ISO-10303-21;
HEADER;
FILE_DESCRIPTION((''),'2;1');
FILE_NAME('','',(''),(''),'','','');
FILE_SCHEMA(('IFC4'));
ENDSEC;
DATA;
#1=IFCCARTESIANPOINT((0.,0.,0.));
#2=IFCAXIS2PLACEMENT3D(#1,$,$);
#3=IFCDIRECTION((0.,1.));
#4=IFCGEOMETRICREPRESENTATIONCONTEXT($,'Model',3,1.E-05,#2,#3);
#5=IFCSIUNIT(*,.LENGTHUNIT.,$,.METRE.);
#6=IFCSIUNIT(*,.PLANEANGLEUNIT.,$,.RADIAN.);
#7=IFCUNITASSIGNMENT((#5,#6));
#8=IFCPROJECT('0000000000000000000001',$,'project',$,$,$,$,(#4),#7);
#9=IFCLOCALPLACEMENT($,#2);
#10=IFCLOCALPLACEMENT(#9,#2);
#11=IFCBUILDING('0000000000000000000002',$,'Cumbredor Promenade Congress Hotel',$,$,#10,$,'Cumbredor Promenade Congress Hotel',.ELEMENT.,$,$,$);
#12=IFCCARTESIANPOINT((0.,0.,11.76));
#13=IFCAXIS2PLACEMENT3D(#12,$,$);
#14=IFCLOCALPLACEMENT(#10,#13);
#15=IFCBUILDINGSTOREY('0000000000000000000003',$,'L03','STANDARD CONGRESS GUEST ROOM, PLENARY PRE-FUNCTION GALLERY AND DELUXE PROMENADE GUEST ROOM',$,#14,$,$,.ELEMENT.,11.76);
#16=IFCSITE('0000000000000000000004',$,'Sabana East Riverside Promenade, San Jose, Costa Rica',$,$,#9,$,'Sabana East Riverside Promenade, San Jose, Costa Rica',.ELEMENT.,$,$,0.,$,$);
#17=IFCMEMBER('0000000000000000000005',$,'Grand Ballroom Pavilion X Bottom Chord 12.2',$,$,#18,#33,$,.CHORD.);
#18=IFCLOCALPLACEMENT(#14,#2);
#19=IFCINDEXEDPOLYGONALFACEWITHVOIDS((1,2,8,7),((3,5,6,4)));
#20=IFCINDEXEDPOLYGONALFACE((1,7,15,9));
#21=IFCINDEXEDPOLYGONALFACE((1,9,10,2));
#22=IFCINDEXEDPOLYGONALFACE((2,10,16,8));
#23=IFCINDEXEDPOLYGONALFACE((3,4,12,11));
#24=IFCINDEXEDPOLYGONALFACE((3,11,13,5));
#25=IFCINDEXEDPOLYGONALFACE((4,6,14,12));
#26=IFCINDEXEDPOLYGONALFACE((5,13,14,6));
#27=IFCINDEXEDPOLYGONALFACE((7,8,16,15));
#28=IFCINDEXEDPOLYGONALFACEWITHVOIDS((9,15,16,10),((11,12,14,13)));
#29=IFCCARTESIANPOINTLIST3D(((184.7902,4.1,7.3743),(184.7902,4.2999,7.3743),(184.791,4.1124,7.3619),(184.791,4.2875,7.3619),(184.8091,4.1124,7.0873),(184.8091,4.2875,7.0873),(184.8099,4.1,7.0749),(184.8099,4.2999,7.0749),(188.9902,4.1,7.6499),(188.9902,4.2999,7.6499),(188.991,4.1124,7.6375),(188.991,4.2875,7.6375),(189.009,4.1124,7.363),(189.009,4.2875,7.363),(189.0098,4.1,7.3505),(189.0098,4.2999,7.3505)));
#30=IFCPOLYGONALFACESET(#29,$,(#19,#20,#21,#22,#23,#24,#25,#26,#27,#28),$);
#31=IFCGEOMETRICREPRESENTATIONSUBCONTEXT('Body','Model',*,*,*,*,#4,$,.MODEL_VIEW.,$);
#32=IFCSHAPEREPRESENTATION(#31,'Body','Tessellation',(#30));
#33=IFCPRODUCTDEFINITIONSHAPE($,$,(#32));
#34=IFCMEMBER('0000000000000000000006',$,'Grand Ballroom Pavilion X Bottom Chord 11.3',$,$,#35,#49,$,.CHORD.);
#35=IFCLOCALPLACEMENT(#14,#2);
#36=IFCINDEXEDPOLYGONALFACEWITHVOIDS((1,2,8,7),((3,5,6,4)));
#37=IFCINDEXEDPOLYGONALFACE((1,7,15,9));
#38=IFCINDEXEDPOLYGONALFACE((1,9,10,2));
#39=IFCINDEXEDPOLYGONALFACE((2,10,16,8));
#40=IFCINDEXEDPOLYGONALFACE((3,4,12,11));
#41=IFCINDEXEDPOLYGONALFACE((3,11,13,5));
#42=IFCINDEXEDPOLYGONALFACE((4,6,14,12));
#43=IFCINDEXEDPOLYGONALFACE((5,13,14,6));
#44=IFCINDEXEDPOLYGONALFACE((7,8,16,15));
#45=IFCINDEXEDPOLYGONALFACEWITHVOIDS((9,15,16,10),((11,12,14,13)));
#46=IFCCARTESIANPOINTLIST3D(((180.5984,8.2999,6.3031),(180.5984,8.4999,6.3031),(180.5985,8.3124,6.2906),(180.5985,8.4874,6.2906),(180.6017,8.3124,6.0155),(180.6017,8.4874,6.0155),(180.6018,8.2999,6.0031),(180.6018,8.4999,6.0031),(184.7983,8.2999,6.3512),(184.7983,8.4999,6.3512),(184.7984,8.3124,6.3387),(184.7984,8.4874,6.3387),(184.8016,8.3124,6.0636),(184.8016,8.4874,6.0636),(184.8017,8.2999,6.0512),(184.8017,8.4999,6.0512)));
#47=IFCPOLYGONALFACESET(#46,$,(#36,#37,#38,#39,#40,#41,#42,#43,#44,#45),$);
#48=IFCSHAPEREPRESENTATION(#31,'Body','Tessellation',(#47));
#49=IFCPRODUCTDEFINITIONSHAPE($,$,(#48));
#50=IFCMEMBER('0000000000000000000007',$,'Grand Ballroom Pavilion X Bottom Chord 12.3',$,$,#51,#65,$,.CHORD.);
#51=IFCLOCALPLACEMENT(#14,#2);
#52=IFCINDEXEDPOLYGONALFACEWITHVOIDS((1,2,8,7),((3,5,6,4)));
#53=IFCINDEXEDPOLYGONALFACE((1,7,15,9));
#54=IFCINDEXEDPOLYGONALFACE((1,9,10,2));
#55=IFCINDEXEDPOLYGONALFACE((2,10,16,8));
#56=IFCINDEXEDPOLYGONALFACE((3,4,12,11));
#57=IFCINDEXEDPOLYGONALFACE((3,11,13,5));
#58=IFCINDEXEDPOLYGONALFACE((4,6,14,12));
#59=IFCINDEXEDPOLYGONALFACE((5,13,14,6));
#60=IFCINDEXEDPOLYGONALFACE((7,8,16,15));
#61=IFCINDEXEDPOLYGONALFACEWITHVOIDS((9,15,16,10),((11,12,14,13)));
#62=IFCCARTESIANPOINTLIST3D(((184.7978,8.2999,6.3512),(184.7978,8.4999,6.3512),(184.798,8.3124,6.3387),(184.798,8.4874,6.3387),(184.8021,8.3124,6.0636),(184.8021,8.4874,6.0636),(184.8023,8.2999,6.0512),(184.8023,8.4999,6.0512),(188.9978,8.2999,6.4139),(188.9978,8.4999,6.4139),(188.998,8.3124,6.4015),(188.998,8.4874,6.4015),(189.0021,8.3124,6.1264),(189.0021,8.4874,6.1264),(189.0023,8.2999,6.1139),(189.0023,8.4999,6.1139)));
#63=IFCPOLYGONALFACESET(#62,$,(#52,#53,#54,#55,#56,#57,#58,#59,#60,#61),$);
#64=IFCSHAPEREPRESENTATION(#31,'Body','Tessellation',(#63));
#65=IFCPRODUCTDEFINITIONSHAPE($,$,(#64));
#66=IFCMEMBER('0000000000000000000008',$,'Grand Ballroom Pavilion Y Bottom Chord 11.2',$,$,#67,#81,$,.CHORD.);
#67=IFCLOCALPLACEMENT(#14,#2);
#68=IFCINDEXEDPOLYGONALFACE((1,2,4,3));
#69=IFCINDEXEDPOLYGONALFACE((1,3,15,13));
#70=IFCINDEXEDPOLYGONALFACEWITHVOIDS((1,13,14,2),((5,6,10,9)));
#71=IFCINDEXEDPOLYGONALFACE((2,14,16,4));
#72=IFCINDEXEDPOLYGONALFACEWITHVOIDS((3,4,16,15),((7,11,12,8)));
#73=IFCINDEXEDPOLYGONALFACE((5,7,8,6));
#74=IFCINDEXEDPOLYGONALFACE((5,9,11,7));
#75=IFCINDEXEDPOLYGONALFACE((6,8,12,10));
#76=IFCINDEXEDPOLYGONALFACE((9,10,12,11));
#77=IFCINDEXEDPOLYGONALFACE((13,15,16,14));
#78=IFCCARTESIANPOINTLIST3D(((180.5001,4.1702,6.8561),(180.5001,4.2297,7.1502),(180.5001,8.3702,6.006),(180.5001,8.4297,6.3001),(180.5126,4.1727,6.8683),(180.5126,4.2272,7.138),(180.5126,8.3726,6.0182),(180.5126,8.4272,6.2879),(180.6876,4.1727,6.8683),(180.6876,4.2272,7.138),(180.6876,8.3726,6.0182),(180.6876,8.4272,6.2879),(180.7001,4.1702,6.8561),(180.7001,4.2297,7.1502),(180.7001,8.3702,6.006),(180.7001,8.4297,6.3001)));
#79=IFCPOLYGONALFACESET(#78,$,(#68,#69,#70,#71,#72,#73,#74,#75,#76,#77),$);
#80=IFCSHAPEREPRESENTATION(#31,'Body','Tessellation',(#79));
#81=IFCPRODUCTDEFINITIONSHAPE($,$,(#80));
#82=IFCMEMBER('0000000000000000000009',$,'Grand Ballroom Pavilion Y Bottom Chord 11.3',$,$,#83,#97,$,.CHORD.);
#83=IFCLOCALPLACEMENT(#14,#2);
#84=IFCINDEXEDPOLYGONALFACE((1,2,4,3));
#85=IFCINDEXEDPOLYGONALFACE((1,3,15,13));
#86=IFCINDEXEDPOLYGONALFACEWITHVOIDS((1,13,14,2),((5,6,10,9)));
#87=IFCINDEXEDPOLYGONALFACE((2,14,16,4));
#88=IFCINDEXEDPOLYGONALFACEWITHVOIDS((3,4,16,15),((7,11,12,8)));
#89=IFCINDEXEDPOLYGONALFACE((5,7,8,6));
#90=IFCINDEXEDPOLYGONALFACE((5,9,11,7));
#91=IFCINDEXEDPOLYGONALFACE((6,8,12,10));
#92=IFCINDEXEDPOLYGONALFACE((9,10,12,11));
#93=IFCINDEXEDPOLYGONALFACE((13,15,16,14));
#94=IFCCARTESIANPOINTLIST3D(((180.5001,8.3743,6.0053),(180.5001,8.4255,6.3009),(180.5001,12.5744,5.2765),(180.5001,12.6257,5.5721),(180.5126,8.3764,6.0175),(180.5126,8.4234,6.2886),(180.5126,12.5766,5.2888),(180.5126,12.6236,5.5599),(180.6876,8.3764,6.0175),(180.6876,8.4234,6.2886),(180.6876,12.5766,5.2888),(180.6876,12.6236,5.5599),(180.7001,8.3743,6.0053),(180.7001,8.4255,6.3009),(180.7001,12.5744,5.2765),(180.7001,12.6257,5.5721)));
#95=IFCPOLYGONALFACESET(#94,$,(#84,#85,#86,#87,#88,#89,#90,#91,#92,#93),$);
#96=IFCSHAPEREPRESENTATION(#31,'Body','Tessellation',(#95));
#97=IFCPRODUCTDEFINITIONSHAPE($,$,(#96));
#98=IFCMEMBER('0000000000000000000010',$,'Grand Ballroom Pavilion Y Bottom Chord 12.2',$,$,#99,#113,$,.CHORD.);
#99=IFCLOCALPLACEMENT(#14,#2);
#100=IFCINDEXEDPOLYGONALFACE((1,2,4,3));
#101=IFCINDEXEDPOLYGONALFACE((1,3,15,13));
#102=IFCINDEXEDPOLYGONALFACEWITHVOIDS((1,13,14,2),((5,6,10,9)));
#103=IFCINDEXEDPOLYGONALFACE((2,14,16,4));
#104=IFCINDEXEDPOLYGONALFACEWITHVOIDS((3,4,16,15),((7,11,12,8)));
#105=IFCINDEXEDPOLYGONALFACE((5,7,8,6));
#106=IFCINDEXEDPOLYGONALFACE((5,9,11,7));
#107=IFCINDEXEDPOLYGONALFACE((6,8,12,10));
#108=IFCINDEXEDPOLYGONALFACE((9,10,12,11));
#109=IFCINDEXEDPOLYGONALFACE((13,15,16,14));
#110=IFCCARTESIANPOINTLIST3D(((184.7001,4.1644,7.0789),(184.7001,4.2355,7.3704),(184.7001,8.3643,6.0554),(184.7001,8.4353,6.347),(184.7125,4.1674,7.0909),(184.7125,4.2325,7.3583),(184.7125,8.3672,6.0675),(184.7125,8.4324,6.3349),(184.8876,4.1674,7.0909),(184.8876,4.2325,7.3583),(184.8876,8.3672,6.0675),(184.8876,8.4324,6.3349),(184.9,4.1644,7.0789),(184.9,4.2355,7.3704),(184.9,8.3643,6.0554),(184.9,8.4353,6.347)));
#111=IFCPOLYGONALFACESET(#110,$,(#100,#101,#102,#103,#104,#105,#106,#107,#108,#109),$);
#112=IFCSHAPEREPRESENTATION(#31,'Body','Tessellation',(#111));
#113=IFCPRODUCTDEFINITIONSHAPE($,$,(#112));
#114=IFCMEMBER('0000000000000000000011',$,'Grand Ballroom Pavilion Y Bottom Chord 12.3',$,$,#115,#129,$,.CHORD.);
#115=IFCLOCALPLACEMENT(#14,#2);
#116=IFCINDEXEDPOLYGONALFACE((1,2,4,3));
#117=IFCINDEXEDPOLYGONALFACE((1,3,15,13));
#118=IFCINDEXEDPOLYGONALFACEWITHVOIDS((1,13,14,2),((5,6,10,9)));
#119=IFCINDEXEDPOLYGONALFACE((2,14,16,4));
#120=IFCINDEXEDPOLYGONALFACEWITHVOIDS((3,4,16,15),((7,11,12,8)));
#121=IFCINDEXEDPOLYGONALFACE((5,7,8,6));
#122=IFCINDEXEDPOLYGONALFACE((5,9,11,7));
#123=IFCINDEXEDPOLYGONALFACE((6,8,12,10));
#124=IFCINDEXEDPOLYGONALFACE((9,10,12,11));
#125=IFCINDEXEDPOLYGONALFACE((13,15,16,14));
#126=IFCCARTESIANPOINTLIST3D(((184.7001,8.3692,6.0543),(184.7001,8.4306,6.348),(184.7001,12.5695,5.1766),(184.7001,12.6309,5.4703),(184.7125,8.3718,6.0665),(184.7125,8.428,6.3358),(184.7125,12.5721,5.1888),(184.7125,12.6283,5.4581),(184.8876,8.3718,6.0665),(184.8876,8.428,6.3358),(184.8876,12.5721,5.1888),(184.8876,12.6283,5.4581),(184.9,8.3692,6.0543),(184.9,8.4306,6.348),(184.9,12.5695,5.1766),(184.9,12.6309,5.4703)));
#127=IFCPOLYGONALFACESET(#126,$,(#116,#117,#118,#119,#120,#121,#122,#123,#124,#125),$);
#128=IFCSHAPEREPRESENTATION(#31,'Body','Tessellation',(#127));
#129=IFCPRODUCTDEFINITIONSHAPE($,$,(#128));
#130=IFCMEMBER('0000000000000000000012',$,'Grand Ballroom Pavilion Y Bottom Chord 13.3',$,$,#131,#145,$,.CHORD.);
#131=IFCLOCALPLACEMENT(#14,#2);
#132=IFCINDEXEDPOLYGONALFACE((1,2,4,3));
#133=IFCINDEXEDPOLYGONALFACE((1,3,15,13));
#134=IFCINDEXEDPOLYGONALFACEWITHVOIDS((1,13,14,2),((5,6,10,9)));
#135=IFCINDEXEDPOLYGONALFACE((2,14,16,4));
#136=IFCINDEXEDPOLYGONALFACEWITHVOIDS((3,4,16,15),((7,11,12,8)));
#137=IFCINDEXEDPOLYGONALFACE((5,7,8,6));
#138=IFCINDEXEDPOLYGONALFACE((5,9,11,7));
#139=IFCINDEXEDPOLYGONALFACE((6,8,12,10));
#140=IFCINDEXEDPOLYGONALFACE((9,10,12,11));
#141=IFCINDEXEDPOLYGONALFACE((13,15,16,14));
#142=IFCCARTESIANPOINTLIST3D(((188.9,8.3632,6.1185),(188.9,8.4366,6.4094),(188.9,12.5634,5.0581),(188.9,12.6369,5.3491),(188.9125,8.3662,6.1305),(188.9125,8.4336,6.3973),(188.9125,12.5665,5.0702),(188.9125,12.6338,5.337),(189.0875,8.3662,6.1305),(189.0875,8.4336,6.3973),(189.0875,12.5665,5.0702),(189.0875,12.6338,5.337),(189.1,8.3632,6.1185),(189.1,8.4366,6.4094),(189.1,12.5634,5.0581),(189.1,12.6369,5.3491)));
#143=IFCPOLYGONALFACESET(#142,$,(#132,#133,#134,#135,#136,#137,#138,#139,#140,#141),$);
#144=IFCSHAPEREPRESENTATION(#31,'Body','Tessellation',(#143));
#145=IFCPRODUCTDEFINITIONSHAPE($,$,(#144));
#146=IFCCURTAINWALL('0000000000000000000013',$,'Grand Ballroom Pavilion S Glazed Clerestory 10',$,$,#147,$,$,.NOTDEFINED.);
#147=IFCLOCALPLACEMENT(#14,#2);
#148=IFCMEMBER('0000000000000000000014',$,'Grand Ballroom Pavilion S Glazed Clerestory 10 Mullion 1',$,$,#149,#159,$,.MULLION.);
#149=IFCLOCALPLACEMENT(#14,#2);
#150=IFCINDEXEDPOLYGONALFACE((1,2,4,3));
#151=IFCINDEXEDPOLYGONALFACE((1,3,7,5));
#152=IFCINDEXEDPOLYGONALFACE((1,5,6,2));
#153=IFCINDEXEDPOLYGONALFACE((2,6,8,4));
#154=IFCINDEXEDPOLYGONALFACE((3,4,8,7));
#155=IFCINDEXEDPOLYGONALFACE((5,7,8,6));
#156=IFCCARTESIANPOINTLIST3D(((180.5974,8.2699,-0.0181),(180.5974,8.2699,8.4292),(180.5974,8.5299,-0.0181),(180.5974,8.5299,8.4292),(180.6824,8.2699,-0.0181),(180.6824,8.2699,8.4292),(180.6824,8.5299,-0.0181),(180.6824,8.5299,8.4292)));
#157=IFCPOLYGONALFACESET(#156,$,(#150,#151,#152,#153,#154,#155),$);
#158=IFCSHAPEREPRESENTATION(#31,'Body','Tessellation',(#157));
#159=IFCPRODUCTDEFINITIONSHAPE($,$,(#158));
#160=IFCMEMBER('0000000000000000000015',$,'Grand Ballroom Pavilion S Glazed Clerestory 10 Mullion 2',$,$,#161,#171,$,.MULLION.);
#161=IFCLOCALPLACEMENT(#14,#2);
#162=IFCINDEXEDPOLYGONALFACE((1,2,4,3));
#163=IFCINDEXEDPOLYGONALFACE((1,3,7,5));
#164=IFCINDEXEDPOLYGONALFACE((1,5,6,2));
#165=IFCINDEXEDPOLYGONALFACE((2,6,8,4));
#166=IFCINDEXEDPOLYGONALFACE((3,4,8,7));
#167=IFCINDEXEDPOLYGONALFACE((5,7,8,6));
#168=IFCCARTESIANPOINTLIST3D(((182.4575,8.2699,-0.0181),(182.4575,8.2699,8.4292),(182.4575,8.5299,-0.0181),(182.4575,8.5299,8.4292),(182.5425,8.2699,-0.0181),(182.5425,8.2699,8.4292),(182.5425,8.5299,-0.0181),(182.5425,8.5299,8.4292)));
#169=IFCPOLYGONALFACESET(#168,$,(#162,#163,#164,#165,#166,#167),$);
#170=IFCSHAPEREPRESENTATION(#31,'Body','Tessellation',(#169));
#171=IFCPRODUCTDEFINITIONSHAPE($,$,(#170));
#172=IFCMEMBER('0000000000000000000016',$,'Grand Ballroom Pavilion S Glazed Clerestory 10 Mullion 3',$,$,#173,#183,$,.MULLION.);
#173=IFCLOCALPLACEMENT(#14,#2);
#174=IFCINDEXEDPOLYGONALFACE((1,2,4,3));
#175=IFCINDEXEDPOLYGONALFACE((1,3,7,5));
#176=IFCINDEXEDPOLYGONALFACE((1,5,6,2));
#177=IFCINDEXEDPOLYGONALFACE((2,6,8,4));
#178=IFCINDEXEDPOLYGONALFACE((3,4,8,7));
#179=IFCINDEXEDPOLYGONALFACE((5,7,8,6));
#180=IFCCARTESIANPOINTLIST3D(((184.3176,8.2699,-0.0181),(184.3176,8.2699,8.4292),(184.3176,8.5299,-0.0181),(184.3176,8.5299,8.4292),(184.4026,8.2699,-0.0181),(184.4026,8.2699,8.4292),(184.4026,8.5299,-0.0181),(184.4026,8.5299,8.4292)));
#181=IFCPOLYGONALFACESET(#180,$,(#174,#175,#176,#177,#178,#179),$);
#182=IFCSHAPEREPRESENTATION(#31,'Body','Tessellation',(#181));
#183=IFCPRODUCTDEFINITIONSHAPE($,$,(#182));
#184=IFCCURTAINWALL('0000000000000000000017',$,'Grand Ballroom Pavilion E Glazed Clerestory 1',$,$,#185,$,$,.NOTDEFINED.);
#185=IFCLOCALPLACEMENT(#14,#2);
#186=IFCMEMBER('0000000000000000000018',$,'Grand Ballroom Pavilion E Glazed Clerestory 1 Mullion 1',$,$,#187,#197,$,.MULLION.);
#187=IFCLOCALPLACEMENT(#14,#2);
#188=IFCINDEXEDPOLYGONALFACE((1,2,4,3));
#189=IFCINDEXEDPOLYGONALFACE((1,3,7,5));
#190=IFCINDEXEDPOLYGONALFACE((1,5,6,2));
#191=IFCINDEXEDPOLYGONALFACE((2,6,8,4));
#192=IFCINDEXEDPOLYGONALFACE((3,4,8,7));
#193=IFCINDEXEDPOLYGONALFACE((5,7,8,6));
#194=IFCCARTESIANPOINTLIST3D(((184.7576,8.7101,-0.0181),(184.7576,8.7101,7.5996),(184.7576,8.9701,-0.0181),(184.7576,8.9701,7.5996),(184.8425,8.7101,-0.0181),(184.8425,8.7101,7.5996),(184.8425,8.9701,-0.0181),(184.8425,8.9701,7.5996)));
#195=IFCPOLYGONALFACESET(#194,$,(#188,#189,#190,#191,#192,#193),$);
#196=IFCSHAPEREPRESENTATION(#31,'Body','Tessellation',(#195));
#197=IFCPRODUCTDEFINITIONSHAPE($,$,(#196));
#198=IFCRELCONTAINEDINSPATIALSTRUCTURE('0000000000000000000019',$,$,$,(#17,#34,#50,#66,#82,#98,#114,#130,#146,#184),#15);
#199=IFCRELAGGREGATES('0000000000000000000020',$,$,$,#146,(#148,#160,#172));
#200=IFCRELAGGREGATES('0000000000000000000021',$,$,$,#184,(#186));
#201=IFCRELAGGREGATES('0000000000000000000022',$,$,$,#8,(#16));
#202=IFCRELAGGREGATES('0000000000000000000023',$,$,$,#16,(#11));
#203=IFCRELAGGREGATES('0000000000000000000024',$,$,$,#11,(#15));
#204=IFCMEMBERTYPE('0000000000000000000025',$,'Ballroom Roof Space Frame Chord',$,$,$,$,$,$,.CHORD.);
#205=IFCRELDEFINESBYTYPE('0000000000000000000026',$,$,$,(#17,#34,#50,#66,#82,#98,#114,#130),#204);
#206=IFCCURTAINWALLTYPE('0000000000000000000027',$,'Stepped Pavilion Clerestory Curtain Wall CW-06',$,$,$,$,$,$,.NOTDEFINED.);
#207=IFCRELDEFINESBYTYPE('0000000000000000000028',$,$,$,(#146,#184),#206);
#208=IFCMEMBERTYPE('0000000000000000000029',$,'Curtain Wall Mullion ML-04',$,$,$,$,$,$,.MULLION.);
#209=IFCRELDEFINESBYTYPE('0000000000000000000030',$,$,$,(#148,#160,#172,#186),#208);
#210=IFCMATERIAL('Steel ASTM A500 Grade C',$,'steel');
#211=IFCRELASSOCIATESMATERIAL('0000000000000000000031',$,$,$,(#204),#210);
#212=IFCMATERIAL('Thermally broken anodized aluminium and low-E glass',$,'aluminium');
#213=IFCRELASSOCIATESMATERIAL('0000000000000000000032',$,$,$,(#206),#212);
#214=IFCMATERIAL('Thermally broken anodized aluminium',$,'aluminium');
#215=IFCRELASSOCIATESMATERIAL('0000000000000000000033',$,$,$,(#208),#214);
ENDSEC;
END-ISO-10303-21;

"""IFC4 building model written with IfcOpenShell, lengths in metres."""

from ifc_helpers import new_model, si_unit, direction, frame, origin, origin_2d, place, context, subcontext, project, spatial, rectangle, hollow_rectangle, extrude, material, material_profile, profile_set, type_object, element, aggregate, save


model = new_model("IFC4")

# Units and contexts
model_context = context("Model", 3, precision=1e-05, world=origin(), true_north=direction((0.0, 1.0)))
body_context = subcontext(model_context, "Body", "Model", "MODEL_VIEW")
ifc_project = project(units=[si_unit("LENGTHUNIT", "METRE"), si_unit("PLANEANGLEUNIT", "RADIAN")], contexts=[model_context])

# Site, building, storey
site_placement = place(None, origin())
site = spatial("IfcSite", under=ifc_project, at=site_placement, Name="Sabana East Riverside Promenade, San Jose, Costa Rica", LongName="Sabana East Riverside Promenade, San Jose, Costa Rica", CompositionType="ELEMENT", RefElevation=0.0)
building_placement = place(site_placement, origin())
building = spatial("IfcBuilding", under=site, at=building_placement, Name="Cumbredor Promenade Congress Hotel", LongName="Cumbredor Promenade Congress Hotel", CompositionType="ELEMENT")
storey_placement = place(building_placement, frame((0.0, 0.0, 11.76)))
storey = spatial("IfcBuildingStorey", under=building, at=storey_placement, Name="L03", Description="STANDARD CONGRESS GUEST ROOM, PLENARY PRE-FUNCTION GALLERY AND DELUXE PROMENADE GUEST ROOM", CompositionType="ELEMENT", Elevation=11.76)

# Members
ifc_material_1 = material(Name="Steel ASTM A500 Grade C", Category="steel")
ifc_material_profile_1 = material_profile(ifc_material_1, hollow_rectangle(XDim=0.2, YDim=0.3, WallThickness=0.0125, at=origin_2d()), Name="HSS 300x200x12.5")
ifc_profile_set_1 = profile_set([ifc_material_profile_1], Name="Steel ASTM A500 Grade C")
member_type_1 = type_object("IfcMemberType", Name="Ballroom Roof Space Frame Chord", PredefinedType="CHORD", material=ifc_profile_set_1)
member_1_placement = place(storey_placement, frame((184.8, 4.2, 7.2246), z_axis=(0.997853, 0.0, 0.065487), x_axis=(0.0, 1.0, 0.0)))
element("IfcMember", 1, at=member_1_placement, inside=storey, type_object=member_type_1, Name="Grand Ballroom Pavilion X Bottom Chord 12.2", PredefinedType="CHORD", context=body_context, shape_type="SweptSolid", body=[
    extrude(hollow_rectangle(XDim=0.2, YDim=0.3, WallThickness=0.0125, at=origin_2d()), origin(), (0.0, 0.0, 1.0), 4.209),
])
member_2_placement = place(storey_placement, frame((180.6001, 8.3999, 6.1531), z_axis=(0.999934, 0.0, 0.011451), x_axis=(0.0, 1.0, 0.0)))
element("IfcMember", 2, at=member_2_placement, inside=storey, type_object=member_type_1, Name="Grand Ballroom Pavilion X Bottom Chord 11.3", PredefinedType="CHORD", context=body_context, shape_type="SweptSolid", body=[
    extrude(hollow_rectangle(XDim=0.2, YDim=0.3, WallThickness=0.0125, at=origin_2d()), origin(), (0.0, 0.0, 1.0), 4.2002),
])
member_3_placement = place(storey_placement, frame((184.8, 8.3999, 6.2012), z_axis=(0.999888, 0.0, 0.014938), x_axis=(0.0, 1.0, 0.0)))
element("IfcMember", 3, at=member_3_placement, inside=storey, type_object=member_type_1, Name="Grand Ballroom Pavilion X Bottom Chord 12.3", PredefinedType="CHORD", context=body_context, shape_type="SweptSolid", body=[
    extrude(hollow_rectangle(XDim=0.2, YDim=0.3, WallThickness=0.0125, at=origin_2d()), origin(), (0.0, 0.0, 1.0), 4.2004),
])
member_4_placement = place(storey_placement, frame((180.6001, 4.2, 7.0032), z_axis=(0.0, 0.980124, -0.198384), x_axis=(-1.0, 0.0, 0.0)))
element("IfcMember", 4, at=member_4_placement, inside=storey, type_object=member_type_1, Name="Grand Ballroom Pavilion Y Bottom Chord 11.2", PredefinedType="CHORD", context=body_context, shape_type="SweptSolid", body=[
    extrude(hollow_rectangle(XDim=0.2, YDim=0.3, WallThickness=0.0125, at=origin_2d()), origin(), (0.0, 0.0, 1.0), 4.2852),
])
member_5_placement = place(storey_placement, frame((180.6001, 8.3999, 6.1531), z_axis=(0.0, 0.985279, -0.170952), x_axis=(-1.0, 0.0, 0.0)))
element("IfcMember", 5, at=member_5_placement, inside=storey, type_object=member_type_1, Name="Grand Ballroom Pavilion Y Bottom Chord 11.3", PredefinedType="CHORD", context=body_context, shape_type="SweptSolid", body=[
    extrude(hollow_rectangle(XDim=0.2, YDim=0.3, WallThickness=0.0125, at=origin_2d()), origin(), (0.0, 0.0, 1.0), 4.2629),
])
member_6_placement = place(storey_placement, frame((184.8, 4.2, 7.2246), z_axis=(0.0, 0.97157, -0.236751), x_axis=(-1.0, 0.0, 0.0)))
element("IfcMember", 6, at=member_6_placement, inside=storey, type_object=member_type_1, Name="Grand Ballroom Pavilion Y Bottom Chord 12.2", PredefinedType="CHORD", context=body_context, shape_type="SweptSolid", body=[
    extrude(hollow_rectangle(XDim=0.2, YDim=0.3, WallThickness=0.0125, at=origin_2d()), origin(), (0.0, 0.0, 1.0), 4.3228),
])
member_7_placement = place(storey_placement, frame((184.8, 8.3999, 6.2012), z_axis=(0.0, 0.978857, -0.204545), x_axis=(-1.0, 0.0, 0.0)))
element("IfcMember", 7, at=member_7_placement, inside=storey, type_object=member_type_1, Name="Grand Ballroom Pavilion Y Bottom Chord 12.3", PredefinedType="CHORD", context=body_context, shape_type="SweptSolid", body=[
    extrude(hollow_rectangle(XDim=0.2, YDim=0.3, WallThickness=0.0125, at=origin_2d()), origin(), (0.0, 0.0, 1.0), 4.291),
])
member_8_placement = place(storey_placement, frame((189.0, 8.3999, 6.2639), z_axis=(0.0, 0.969583, -0.244763), x_axis=(-1.0, 0.0, 0.0)))
element("IfcMember", 8, at=member_8_placement, inside=storey, type_object=member_type_1, Name="Grand Ballroom Pavilion Y Bottom Chord 13.3", PredefinedType="CHORD", context=body_context, shape_type="SweptSolid", body=[
    extrude(hollow_rectangle(XDim=0.2, YDim=0.3, WallThickness=0.0125, at=origin_2d()), origin(), (0.0, 0.0, 1.0), 4.332),
])

# Curtain walls, members
ifc_material_2 = material(Name="Thermally broken anodized aluminium and low-E glass", Category="aluminium")
curtain_wall_type = type_object("IfcCurtainWallType", Name="Stepped Pavilion Clerestory Curtain Wall CW-06", PredefinedType="NOTDEFINED", material=ifc_material_2)
curtain_wall_1_placement = place(storey_placement, origin())
curtain_wall_1 = element("IfcCurtainWall", 9, at=curtain_wall_1_placement, inside=storey, type_object=curtain_wall_type, Name="Grand Ballroom Pavilion S Glazed Clerestory 10", PredefinedType="NOTDEFINED")
ifc_material_3 = material(Name="Thermally broken anodized aluminium", Category="aluminium")
ifc_material_profile_2 = material_profile(ifc_material_3, rectangle(XDim=0.085, YDim=0.26, at=origin_2d()), Name="ALU MULLION CLERESTORY 85x260")
ifc_profile_set_2 = profile_set([ifc_material_profile_2], Name="Thermally broken anodized aluminium")
member_type_2 = type_object("IfcMemberType", Name="Curtain Wall Mullion ML-04", PredefinedType="MULLION", material=ifc_profile_set_2)
member_9_placement = place(storey_placement, frame((180.6399, 8.3999, -0.0181), z_axis=(0.0, 0.0, 1.0), x_axis=(1.0, 0.0, 0.0)))
member_9 = element("IfcMember", 10, at=member_9_placement, type_object=member_type_2, Name="Grand Ballroom Pavilion S Glazed Clerestory 10 Mullion 1", PredefinedType="MULLION", context=body_context, shape_type="SweptSolid", body=[
    extrude(rectangle(XDim=0.085, YDim=0.26, at=origin_2d()), origin(), (0.0, 0.0, 1.0), 8.4473),
])
member_10_placement = place(storey_placement, frame((182.5, 8.3999, -0.0181), z_axis=(0.0, 0.0, 1.0), x_axis=(1.0, 0.0, 0.0)))
member_10 = element("IfcMember", 11, at=member_10_placement, type_object=member_type_2, Name="Grand Ballroom Pavilion S Glazed Clerestory 10 Mullion 2", PredefinedType="MULLION", context=body_context, shape_type="SweptSolid", body=[
    extrude(rectangle(XDim=0.085, YDim=0.26, at=origin_2d()), origin(), (0.0, 0.0, 1.0), 8.4473),
])
member_11_placement = place(storey_placement, frame((184.3601, 8.3999, -0.0181), z_axis=(0.0, 0.0, 1.0), x_axis=(1.0, 0.0, 0.0)))
member_11 = element("IfcMember", 12, at=member_11_placement, type_object=member_type_2, Name="Grand Ballroom Pavilion S Glazed Clerestory 10 Mullion 3", PredefinedType="MULLION", context=body_context, shape_type="SweptSolid", body=[
    extrude(rectangle(XDim=0.085, YDim=0.26, at=origin_2d()), origin(), (0.0, 0.0, 1.0), 8.4473),
])
curtain_wall_2_placement = place(storey_placement, origin())
curtain_wall_2 = element("IfcCurtainWall", 13, at=curtain_wall_2_placement, inside=storey, type_object=curtain_wall_type, Name="Grand Ballroom Pavilion E Glazed Clerestory 1", PredefinedType="NOTDEFINED")
member_12_placement = place(storey_placement, frame((184.8, 8.8401, -0.0181), z_axis=(0.0, 0.0, 1.0), x_axis=(1.0, 0.0, 0.0)))
member_12 = element("IfcMember", 14, at=member_12_placement, type_object=member_type_2, Name="Grand Ballroom Pavilion E Glazed Clerestory 1 Mullion 1", PredefinedType="MULLION", context=body_context, shape_type="SweptSolid", body=[
    extrude(rectangle(XDim=0.085, YDim=0.26, at=origin_2d()), origin(), (0.0, 0.0, 1.0), 7.6177),
])

aggregate(curtain_wall_1, [member_9, member_10, member_11])
aggregate(curtain_wall_2, [member_12])

save(model, "model.ifc")
